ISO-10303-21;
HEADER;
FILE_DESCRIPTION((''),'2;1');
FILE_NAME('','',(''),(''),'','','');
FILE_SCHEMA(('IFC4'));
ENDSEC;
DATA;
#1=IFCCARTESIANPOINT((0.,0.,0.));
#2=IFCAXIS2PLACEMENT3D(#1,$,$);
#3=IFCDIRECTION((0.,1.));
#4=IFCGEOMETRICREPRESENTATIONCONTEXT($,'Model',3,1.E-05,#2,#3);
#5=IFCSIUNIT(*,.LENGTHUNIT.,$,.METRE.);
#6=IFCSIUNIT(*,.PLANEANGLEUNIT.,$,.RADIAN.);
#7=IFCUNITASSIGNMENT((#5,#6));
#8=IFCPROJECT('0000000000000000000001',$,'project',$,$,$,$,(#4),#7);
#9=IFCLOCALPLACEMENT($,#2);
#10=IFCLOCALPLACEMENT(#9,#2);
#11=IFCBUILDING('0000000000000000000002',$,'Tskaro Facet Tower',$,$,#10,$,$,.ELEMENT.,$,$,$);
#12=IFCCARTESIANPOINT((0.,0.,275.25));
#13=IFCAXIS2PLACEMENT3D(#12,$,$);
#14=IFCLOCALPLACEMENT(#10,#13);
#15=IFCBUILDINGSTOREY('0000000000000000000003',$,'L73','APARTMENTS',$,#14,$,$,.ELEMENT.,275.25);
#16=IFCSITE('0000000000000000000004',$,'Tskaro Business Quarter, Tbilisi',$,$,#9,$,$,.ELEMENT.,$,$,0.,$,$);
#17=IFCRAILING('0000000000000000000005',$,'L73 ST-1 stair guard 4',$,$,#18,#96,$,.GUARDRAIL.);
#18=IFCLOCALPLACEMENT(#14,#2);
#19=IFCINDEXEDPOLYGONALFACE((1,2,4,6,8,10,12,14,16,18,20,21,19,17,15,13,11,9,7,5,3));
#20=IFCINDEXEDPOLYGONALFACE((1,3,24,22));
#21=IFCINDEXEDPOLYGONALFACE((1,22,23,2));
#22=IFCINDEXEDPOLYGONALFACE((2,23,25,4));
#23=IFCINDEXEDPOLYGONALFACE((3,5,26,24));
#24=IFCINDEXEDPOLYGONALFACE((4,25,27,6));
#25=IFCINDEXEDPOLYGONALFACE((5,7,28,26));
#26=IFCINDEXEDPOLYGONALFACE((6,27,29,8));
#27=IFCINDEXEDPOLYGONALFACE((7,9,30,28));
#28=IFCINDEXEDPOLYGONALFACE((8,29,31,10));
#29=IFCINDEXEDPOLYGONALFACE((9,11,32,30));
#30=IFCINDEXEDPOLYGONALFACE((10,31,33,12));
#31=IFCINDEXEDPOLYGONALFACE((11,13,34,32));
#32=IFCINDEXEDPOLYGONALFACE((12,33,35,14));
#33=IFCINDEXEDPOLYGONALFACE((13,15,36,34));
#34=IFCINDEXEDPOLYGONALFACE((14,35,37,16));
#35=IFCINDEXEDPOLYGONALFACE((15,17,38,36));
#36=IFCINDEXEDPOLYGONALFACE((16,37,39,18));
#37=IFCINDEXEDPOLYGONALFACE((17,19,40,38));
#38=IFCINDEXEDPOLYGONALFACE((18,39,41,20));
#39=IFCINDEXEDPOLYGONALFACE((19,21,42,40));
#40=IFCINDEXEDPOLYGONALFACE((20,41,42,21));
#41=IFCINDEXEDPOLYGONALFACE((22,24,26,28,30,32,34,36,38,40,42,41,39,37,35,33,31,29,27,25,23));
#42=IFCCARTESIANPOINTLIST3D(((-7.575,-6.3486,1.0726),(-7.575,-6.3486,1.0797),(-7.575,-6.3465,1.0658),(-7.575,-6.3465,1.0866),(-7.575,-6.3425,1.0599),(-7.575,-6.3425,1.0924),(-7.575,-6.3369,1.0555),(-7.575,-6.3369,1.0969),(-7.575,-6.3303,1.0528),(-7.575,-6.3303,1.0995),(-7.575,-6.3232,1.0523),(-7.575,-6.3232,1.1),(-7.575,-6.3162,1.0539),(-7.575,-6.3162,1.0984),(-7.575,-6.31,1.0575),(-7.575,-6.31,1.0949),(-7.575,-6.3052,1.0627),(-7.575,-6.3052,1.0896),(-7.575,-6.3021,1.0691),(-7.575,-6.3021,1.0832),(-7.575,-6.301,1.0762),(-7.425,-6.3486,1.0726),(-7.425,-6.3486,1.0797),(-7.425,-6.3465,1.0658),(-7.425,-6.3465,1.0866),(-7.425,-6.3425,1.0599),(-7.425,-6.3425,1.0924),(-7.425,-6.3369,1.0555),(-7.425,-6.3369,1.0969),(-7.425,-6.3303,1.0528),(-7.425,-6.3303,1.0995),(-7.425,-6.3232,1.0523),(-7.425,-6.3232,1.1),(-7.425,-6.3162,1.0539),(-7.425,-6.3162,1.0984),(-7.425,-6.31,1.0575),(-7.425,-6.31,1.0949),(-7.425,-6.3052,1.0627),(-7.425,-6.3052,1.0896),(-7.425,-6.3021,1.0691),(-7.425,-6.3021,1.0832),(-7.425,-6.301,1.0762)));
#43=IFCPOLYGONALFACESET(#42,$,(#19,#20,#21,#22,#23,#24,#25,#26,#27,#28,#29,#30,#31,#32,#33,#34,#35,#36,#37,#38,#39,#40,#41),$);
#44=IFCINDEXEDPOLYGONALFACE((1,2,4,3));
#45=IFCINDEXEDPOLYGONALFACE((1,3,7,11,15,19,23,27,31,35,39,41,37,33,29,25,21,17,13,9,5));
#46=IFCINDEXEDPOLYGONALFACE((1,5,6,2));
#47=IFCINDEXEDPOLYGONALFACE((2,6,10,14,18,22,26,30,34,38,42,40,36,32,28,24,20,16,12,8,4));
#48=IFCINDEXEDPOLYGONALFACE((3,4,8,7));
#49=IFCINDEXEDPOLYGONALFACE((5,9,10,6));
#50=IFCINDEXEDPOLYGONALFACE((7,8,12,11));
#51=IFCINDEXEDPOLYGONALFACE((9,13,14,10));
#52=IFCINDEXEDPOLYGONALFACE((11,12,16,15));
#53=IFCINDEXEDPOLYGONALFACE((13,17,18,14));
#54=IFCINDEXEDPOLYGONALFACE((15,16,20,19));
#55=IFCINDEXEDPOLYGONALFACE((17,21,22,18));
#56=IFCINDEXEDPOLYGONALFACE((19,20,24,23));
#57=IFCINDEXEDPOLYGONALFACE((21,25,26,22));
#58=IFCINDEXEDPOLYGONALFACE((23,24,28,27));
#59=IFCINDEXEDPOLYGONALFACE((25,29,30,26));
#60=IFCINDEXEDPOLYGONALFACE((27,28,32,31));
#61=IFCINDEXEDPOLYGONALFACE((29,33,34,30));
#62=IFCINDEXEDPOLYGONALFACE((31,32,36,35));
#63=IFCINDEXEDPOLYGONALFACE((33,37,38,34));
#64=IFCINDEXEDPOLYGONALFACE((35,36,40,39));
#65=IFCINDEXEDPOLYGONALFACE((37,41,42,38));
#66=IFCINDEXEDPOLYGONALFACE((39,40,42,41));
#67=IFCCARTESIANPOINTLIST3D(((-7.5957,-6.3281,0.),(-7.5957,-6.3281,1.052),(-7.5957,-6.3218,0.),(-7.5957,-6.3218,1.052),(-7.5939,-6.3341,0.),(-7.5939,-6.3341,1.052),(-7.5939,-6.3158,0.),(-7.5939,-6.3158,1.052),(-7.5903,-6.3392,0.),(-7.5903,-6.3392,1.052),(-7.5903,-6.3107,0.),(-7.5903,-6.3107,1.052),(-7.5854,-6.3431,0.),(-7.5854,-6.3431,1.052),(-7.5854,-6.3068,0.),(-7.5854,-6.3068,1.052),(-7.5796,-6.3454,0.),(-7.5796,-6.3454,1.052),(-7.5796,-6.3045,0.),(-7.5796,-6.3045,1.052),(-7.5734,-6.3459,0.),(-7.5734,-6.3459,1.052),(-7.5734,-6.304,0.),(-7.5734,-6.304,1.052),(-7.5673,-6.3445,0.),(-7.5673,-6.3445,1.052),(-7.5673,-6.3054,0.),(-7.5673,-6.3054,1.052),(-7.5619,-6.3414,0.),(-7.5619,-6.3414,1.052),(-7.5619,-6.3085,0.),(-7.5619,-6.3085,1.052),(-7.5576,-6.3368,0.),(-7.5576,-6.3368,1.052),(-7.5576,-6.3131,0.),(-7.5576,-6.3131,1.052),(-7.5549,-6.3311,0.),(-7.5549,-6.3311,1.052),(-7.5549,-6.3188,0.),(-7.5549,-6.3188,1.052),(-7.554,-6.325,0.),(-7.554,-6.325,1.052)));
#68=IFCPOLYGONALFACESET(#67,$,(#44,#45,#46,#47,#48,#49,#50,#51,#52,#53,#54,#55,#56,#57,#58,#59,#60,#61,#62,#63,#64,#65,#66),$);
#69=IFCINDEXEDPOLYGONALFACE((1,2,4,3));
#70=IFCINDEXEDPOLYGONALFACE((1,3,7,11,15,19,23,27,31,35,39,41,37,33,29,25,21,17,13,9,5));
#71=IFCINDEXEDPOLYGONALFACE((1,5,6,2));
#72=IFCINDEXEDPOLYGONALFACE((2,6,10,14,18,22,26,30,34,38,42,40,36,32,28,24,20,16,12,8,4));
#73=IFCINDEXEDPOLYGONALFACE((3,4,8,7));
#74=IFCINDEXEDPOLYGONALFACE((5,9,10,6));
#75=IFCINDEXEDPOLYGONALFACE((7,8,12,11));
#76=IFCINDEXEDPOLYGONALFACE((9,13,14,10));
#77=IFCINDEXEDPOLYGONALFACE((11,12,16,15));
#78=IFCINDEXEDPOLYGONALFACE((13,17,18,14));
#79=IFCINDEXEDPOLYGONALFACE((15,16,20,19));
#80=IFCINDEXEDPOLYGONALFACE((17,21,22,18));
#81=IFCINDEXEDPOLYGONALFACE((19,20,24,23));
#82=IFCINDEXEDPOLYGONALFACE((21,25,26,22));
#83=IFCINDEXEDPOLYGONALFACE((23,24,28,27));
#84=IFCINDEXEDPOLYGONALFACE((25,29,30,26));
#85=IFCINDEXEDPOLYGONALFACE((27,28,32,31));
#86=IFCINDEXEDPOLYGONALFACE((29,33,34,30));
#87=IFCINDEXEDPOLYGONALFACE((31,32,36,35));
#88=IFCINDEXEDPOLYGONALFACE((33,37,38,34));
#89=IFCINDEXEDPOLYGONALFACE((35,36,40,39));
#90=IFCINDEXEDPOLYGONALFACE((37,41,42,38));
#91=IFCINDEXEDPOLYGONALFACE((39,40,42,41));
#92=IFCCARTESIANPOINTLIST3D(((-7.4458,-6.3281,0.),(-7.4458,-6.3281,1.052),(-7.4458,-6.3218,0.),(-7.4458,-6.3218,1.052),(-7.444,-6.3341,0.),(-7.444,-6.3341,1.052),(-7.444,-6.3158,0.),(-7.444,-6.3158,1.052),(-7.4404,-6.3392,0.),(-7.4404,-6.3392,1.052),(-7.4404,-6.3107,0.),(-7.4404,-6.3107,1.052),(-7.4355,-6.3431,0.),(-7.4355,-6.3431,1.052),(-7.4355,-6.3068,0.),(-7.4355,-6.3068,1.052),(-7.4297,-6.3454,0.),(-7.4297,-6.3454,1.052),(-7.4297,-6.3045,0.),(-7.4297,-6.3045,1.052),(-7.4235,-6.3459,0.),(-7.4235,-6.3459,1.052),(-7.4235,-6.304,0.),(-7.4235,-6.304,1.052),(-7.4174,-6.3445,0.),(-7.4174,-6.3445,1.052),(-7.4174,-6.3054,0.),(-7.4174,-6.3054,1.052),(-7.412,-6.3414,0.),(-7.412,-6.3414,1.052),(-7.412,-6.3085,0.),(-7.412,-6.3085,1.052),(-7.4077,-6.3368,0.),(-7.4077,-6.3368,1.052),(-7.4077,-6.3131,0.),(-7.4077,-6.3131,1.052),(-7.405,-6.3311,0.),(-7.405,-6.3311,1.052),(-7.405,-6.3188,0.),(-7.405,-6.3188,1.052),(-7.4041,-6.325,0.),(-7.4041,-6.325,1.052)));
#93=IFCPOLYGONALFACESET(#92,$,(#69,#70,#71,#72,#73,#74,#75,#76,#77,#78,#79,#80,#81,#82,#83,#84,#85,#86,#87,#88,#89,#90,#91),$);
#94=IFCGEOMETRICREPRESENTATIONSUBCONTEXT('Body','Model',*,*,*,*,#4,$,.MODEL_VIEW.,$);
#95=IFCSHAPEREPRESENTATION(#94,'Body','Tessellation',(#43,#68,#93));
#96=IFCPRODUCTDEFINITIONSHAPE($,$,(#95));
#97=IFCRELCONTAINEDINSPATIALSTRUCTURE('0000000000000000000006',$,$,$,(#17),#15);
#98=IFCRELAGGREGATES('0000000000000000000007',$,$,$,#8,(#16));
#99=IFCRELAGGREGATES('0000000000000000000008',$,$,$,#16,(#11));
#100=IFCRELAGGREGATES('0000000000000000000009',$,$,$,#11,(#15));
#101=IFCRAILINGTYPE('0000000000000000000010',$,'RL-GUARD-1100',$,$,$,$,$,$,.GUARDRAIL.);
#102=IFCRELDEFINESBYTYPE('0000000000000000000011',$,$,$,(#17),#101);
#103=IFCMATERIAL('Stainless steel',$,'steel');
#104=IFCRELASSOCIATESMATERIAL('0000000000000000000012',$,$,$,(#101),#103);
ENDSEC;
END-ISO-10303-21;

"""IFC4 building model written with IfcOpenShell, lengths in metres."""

from ifc_helpers import new_model, si_unit, direction, frame, origin, origin_2d, place, context, subcontext, project, spatial, circle, extrude, material, type_object, element, save


model = new_model("IFC4")

# Units and contexts
model_context = context("Model", 3, precision=1e-05, world=origin(), true_north=direction((0.0, 1.0)))
body_context = subcontext(model_context, "Body", "Model", "MODEL_VIEW")
ifc_project = project(units=[si_unit("LENGTHUNIT", "METRE"), si_unit("PLANEANGLEUNIT", "RADIAN")], contexts=[model_context])

# Site, building, storey
site_placement = place(None, origin())
site = spatial("IfcSite", under=ifc_project, at=site_placement, Name="Tskaro Business Quarter, Tbilisi", CompositionType="ELEMENT", RefElevation=0.0)
building_placement = place(site_placement, origin())
building = spatial("IfcBuilding", under=site, at=building_placement, Name="Tskaro Facet Tower", CompositionType="ELEMENT")
storey_placement = place(building_placement, frame((0.0, 0.0, 275.25)))
storey = spatial("IfcBuildingStorey", under=building, at=storey_placement, Name="L73", Description="APARTMENTS", CompositionType="ELEMENT", Elevation=275.25)

# Shared definitions
ifc_material_1 = material(Name="Stainless steel", Category="steel")

# Railing
railing_type_1 = type_object("IfcRailingType", Name="RL-GUARD-1100", PredefinedType="GUARDRAIL", material=ifc_material_1)
railing_1_placement = place(storey_placement, frame((-7.575, -6.325, 0.0)))
element("IfcRailing", 1, at=railing_1_placement, inside=storey, type_object=railing_type_1, Name="L73 ST-1 stair guard 4", PredefinedType="GUARDRAIL", context=body_context, shape_type="SweptSolid", body=[
    extrude(circle(Radius=0.0239, at=origin_2d()), frame((0.0, 0.0, 1.0762), z_axis=(1.0, 0.0, 0.0), x_axis=(0.0, 1.0, 0.0)), (0.0, 0.0, 1.0), 0.1499),
    extrude(circle(Radius=0.021, at=origin_2d()), origin(), (0.0, 0.0, 1.0), 1.052),
    extrude(circle(Radius=0.021, at=origin_2d()), frame((0.1499, 0.0, 0.0)), (0.0, 0.0, 1.0), 1.052),
])

save(model, "model.ifc")
